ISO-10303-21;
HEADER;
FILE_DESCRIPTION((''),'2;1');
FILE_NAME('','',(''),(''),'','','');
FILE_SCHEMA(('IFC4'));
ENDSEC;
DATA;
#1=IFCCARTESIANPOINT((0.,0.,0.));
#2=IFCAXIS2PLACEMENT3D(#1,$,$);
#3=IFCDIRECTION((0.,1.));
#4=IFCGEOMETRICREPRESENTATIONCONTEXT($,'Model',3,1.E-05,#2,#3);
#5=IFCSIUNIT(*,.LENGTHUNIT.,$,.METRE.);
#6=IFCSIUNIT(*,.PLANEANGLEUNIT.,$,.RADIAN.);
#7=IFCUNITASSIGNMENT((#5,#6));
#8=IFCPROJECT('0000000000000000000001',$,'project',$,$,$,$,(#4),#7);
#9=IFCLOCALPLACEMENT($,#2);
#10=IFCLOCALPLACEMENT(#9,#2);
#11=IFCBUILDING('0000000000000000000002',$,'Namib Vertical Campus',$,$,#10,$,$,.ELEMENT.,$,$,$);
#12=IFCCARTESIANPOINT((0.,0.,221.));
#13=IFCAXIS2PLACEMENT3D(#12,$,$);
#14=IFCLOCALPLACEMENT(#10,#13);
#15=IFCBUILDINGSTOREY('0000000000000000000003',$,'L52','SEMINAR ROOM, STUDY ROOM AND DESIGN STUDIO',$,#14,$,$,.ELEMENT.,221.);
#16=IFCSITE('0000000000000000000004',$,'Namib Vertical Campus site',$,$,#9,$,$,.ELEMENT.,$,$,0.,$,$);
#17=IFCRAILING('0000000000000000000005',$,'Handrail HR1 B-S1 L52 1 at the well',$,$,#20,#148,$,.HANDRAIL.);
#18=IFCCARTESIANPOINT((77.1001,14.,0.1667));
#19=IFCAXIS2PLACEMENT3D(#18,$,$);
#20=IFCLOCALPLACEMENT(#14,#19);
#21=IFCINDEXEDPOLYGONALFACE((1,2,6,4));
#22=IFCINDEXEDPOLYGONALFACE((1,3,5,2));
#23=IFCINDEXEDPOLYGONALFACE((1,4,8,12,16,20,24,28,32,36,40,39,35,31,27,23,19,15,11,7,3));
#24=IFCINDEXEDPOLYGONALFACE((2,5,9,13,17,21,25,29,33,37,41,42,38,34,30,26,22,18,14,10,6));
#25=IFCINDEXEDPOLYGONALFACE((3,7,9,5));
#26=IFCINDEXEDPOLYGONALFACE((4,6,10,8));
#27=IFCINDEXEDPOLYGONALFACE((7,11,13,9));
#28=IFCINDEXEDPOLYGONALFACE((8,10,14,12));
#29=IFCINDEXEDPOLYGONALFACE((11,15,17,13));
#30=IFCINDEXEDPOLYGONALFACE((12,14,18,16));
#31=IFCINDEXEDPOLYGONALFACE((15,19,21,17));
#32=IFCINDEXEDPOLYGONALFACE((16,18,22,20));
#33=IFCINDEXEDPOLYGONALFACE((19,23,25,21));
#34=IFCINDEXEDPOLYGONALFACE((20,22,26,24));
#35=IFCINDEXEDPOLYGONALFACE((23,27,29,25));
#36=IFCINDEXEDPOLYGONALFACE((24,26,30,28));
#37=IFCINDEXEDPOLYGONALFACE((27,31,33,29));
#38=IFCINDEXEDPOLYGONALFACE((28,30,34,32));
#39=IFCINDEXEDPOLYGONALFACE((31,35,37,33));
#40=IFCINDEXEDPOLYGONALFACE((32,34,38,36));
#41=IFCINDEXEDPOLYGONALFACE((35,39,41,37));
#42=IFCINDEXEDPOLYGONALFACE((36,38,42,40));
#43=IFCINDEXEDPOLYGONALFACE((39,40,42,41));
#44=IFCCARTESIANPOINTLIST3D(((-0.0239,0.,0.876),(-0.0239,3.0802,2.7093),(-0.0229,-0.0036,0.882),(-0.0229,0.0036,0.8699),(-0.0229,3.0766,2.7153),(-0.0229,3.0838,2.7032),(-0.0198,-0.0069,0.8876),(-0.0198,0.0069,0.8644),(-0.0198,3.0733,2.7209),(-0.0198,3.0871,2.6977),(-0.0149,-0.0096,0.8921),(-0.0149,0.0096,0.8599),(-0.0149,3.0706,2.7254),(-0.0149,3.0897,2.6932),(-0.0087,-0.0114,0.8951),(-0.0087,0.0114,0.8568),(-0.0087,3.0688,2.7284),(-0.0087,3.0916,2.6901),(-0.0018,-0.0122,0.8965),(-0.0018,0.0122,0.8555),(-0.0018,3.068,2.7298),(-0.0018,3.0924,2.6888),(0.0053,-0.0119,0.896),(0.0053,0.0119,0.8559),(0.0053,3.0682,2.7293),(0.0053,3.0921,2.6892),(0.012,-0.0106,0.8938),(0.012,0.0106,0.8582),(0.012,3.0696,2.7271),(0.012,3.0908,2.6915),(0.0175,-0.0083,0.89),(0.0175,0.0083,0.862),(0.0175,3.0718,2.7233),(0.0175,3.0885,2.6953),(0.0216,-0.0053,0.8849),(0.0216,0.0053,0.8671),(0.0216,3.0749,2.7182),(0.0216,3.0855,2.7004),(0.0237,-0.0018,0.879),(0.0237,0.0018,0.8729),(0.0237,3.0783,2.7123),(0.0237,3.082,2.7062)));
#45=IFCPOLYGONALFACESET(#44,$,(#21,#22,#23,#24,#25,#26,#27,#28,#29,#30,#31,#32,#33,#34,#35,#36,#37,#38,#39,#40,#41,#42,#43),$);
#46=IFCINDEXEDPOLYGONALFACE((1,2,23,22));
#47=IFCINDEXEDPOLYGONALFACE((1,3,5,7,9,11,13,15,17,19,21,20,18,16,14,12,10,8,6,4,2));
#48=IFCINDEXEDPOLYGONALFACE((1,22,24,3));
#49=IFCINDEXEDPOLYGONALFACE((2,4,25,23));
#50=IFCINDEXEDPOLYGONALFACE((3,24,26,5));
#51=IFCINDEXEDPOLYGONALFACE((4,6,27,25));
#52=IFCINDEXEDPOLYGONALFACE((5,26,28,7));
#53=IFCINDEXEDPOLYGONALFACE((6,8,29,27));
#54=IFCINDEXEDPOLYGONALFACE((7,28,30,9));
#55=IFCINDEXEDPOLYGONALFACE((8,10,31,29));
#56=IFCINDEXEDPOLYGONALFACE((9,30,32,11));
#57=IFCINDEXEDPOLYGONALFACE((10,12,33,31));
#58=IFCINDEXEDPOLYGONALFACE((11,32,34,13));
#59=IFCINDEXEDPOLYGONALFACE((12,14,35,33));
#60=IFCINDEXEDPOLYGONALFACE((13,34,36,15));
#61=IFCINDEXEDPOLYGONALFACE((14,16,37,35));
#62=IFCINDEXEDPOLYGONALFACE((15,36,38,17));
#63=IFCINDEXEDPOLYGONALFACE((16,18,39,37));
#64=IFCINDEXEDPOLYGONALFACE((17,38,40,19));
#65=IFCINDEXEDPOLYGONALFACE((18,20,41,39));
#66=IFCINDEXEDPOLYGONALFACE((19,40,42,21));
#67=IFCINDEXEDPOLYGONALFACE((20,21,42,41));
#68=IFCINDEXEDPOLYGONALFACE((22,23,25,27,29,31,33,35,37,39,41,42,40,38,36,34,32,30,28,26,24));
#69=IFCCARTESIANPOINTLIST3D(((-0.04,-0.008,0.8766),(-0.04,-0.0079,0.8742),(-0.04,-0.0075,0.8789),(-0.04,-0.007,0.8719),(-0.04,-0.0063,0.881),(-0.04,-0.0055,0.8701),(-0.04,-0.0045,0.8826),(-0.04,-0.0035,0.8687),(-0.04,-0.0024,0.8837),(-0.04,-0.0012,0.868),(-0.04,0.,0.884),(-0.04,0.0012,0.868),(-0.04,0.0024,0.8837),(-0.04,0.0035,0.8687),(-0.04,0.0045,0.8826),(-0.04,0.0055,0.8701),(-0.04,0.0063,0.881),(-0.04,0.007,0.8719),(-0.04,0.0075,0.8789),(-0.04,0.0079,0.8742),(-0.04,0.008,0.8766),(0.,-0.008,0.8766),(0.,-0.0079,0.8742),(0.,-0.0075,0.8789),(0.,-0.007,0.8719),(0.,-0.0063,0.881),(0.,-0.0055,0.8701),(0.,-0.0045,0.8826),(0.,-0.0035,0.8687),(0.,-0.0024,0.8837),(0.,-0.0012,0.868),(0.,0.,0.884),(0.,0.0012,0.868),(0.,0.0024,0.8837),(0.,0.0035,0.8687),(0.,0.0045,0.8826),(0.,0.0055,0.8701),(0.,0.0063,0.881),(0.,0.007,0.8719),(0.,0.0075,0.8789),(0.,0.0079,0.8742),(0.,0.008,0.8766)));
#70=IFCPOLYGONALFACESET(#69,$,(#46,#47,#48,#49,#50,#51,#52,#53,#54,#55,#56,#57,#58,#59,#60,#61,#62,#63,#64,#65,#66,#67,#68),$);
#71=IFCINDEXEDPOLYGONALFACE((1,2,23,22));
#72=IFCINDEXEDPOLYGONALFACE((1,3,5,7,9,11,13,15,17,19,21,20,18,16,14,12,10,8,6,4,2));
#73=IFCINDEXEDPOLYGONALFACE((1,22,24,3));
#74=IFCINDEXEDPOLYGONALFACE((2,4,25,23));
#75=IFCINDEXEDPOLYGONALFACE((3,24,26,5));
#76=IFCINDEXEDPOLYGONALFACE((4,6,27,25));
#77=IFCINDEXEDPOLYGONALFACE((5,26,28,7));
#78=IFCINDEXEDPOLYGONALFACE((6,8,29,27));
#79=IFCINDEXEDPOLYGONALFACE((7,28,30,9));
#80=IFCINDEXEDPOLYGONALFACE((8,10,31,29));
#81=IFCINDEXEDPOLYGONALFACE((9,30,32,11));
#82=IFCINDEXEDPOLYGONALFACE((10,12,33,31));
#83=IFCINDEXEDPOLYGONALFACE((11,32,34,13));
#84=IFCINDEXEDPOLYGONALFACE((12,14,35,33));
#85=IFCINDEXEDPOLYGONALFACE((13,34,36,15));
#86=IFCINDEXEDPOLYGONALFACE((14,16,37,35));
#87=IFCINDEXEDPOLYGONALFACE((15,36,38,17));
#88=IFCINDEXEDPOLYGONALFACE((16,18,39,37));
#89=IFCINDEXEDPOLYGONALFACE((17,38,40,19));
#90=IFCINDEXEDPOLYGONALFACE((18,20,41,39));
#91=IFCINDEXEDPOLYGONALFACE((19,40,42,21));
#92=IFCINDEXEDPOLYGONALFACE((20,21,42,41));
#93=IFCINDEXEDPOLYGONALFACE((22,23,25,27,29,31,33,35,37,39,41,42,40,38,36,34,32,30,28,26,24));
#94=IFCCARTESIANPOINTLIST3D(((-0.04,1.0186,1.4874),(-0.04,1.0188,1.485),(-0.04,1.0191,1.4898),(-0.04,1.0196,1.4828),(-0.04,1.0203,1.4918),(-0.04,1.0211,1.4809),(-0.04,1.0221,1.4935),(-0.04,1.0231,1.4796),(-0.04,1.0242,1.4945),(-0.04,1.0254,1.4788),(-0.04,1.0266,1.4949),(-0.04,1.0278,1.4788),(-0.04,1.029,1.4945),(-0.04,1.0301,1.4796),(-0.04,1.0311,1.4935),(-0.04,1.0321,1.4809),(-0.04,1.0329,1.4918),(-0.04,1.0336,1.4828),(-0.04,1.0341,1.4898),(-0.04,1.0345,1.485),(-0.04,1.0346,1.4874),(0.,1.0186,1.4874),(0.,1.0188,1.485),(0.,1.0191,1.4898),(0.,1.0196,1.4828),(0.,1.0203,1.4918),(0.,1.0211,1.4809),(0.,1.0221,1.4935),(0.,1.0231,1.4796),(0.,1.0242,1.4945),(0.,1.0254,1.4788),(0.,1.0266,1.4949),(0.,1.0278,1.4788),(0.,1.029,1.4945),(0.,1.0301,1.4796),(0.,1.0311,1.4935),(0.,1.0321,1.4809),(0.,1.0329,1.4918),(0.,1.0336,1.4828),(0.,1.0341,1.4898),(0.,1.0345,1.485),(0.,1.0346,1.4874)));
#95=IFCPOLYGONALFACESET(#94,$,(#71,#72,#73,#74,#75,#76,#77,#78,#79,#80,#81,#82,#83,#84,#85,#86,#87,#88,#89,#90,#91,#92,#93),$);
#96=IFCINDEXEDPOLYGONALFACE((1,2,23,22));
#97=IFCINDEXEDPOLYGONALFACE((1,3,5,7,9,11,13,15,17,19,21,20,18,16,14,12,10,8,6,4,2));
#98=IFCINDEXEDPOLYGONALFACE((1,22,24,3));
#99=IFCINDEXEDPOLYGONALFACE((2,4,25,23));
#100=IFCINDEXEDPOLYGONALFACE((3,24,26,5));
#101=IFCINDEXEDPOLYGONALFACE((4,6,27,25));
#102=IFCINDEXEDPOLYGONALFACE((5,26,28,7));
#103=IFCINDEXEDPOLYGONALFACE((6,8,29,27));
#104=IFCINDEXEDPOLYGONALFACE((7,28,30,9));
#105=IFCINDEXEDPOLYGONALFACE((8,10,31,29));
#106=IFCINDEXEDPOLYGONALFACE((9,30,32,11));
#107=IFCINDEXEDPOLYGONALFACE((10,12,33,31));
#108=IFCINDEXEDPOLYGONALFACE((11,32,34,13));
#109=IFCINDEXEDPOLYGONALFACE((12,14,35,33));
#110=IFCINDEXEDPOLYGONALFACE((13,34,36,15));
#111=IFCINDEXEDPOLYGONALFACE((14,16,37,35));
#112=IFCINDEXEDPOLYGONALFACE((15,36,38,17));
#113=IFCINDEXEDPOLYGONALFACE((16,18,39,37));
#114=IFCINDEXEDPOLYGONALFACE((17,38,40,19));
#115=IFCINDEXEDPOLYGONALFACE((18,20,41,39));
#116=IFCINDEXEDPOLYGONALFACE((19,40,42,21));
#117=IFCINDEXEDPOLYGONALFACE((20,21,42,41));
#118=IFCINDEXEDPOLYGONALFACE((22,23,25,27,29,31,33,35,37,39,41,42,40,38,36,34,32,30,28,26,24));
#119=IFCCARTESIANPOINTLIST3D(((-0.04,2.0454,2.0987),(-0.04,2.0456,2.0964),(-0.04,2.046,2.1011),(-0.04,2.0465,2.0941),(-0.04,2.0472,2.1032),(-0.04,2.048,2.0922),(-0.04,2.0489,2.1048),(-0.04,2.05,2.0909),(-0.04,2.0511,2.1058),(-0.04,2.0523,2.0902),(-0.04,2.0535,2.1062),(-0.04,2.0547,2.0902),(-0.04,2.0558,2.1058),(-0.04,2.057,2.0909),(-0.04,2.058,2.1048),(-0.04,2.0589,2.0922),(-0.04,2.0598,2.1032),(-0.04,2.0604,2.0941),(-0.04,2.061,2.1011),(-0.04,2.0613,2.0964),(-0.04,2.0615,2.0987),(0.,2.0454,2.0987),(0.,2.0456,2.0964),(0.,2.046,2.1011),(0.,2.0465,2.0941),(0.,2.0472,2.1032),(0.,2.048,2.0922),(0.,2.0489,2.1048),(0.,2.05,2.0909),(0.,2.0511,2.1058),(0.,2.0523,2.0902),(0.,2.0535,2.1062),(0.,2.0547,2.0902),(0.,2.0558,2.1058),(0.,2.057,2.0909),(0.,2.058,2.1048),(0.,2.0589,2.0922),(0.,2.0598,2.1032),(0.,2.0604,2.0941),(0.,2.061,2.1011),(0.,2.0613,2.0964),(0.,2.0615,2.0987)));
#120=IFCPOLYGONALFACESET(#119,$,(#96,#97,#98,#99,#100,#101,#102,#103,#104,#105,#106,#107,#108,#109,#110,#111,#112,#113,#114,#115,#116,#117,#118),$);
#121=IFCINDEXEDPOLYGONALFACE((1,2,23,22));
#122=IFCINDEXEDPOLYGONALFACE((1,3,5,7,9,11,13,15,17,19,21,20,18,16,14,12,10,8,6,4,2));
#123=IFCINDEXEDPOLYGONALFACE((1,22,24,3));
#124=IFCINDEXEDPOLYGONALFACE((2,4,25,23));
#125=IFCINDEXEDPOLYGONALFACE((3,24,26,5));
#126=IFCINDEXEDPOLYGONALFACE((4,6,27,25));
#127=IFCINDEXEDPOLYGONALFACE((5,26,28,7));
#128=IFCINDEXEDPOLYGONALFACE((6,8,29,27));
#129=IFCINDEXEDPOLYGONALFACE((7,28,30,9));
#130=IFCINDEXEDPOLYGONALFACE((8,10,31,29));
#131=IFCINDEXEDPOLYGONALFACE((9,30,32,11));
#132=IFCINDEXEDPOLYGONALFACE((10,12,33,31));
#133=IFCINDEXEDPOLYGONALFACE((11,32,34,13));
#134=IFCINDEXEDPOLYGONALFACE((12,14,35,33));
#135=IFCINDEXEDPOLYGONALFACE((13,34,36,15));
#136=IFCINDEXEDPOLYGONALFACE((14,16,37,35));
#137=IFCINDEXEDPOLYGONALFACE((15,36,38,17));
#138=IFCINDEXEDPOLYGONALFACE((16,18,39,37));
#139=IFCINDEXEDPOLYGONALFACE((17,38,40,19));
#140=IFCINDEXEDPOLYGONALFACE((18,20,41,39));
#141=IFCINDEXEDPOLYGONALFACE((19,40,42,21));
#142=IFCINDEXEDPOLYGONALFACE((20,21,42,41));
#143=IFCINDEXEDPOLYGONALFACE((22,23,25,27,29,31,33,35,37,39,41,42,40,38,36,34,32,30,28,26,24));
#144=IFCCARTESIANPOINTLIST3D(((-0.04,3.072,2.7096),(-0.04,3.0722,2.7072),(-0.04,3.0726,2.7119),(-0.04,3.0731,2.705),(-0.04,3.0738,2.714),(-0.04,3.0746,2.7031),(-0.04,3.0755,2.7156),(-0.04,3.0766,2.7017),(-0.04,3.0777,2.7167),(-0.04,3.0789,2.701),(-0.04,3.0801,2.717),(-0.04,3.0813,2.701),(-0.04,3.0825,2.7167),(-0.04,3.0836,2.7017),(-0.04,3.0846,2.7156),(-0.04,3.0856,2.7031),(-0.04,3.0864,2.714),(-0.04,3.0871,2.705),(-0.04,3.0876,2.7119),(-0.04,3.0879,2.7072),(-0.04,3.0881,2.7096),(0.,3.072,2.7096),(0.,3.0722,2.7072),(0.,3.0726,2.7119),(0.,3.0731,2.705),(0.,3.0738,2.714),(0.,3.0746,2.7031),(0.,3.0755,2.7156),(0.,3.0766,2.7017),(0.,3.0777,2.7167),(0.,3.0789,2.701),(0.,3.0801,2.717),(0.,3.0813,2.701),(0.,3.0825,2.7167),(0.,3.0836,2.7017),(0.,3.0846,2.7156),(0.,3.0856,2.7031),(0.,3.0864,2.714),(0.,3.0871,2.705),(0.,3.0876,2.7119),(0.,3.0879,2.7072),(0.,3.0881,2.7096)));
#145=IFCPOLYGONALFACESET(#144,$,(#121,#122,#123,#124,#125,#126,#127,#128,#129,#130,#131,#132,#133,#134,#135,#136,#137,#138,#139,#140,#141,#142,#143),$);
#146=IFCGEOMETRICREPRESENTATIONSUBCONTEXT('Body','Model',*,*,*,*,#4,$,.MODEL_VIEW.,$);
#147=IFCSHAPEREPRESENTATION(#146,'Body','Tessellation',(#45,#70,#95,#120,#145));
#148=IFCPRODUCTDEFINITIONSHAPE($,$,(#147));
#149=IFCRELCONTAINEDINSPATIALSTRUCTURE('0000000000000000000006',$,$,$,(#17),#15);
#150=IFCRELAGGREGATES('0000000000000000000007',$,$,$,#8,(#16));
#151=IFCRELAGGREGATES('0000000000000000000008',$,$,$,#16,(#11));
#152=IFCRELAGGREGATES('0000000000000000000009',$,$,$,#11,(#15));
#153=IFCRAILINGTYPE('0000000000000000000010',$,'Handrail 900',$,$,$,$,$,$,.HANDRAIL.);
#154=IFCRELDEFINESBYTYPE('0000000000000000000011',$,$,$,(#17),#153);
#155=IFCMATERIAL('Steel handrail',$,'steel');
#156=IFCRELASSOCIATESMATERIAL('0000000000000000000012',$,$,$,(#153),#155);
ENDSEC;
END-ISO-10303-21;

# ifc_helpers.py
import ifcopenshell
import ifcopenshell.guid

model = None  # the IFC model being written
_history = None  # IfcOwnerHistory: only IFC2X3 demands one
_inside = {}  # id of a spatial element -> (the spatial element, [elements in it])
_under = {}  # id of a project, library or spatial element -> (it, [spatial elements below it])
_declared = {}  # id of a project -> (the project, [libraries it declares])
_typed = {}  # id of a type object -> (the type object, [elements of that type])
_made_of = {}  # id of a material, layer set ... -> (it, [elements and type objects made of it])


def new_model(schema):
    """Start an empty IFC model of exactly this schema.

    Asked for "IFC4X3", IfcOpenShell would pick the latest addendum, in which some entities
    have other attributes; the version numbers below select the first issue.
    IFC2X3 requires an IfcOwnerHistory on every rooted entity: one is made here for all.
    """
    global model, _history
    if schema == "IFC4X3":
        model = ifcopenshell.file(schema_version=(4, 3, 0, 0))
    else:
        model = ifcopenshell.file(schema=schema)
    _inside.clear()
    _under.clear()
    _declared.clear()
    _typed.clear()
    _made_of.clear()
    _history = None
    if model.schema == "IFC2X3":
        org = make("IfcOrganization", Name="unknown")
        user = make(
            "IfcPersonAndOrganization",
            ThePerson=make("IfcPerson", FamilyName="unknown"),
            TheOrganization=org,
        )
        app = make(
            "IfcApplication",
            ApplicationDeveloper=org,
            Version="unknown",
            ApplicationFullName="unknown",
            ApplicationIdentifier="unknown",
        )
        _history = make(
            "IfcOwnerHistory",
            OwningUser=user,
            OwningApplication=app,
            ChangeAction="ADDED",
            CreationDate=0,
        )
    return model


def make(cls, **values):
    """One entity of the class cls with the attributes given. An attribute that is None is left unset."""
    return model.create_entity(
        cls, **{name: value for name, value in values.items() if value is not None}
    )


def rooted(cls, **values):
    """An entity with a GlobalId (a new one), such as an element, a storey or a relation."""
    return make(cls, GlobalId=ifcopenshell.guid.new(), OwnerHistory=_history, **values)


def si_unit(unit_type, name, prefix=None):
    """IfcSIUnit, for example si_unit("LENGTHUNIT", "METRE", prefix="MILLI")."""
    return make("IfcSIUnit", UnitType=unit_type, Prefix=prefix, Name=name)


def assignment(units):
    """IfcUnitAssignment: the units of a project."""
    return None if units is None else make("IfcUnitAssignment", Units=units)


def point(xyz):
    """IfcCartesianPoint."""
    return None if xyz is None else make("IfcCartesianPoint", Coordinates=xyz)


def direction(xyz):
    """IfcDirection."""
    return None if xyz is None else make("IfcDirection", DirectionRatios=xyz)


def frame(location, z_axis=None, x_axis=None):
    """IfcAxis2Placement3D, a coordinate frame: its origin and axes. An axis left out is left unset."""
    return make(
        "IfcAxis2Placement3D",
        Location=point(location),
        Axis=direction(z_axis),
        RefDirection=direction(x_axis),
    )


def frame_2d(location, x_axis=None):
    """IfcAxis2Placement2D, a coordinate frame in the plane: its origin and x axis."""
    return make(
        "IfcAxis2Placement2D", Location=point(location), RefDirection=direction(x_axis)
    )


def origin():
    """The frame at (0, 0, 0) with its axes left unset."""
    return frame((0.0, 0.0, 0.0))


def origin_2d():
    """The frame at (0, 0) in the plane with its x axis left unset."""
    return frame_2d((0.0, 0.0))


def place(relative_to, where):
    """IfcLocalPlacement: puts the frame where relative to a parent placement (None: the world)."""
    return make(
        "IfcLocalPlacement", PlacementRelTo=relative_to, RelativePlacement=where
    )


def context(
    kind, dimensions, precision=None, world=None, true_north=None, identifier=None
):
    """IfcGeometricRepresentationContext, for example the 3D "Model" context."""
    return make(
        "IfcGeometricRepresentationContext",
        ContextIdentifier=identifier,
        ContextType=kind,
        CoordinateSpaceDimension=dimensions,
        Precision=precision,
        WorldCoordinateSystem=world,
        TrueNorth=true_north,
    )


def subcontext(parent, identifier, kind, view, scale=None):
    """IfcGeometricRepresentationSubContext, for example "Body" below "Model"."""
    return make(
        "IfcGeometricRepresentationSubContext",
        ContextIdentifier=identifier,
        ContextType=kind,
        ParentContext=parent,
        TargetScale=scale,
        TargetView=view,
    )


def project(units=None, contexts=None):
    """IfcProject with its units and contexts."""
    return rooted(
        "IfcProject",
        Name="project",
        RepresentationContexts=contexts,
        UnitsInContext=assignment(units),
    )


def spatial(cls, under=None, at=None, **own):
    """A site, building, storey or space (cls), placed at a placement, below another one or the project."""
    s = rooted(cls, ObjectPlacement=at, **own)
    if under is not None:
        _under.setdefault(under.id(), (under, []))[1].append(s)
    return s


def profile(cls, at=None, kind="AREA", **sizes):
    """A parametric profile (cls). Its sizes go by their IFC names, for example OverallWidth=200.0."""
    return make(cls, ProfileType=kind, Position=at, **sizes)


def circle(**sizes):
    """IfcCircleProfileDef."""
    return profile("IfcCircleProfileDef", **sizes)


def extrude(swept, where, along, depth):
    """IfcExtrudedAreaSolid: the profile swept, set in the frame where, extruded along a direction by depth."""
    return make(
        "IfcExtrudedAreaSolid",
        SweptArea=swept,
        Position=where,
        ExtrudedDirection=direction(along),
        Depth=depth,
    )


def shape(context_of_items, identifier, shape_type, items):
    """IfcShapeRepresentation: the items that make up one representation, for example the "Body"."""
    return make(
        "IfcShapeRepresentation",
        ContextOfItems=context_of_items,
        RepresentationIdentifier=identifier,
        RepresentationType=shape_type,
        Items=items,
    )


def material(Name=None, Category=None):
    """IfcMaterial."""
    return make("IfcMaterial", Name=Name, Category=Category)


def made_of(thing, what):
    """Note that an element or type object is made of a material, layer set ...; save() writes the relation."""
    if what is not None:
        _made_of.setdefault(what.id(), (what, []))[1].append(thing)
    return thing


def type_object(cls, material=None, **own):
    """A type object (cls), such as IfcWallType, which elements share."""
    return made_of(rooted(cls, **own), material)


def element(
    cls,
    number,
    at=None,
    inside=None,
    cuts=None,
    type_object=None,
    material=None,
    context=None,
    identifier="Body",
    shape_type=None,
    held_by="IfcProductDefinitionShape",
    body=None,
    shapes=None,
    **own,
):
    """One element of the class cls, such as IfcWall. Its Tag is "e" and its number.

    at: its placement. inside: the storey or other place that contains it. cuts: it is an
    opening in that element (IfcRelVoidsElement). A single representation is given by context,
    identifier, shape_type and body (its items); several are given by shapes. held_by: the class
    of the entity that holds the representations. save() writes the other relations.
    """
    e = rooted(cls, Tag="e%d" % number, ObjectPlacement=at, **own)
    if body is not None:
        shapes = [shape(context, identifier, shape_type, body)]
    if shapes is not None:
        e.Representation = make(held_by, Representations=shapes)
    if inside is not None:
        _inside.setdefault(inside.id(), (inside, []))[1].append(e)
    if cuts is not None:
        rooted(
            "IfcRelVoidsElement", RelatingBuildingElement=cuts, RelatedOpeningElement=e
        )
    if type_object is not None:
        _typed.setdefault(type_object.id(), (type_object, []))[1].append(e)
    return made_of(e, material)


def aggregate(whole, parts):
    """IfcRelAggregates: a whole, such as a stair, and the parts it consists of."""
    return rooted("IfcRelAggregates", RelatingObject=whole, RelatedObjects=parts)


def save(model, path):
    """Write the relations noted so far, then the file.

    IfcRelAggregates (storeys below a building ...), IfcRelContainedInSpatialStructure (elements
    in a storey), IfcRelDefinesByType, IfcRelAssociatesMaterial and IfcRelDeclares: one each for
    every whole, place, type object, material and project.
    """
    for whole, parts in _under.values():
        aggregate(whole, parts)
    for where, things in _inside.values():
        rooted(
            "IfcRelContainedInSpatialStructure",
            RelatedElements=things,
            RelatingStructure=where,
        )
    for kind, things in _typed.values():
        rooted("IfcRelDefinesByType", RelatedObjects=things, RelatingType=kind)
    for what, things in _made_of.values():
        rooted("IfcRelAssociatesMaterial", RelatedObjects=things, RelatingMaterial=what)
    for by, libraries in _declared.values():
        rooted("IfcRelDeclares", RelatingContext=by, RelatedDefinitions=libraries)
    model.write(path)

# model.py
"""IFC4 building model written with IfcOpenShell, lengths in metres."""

from ifc_helpers import new_model, si_unit, direction, frame, origin, origin_2d, place, context, subcontext, project, spatial, circle, extrude, material, type_object, element, save


model = new_model("IFC4")

# Units and contexts
model_context = context("Model", 3, precision=1e-05, world=origin(), true_north=direction((0.0, 1.0)))
body_context = subcontext(model_context, "Body", "Model", "MODEL_VIEW")
ifc_project = project(units=[si_unit("LENGTHUNIT", "METRE"), si_unit("PLANEANGLEUNIT", "RADIAN")], contexts=[model_context])

# Site, building, storey
site_placement = place(None, origin())
site = spatial("IfcSite", under=ifc_project, at=site_placement, Name="Namib Vertical Campus site", CompositionType="ELEMENT", RefElevation=0.0)
building_placement = place(site_placement, origin())
building = spatial("IfcBuilding", under=site, at=building_placement, Name="Namib Vertical Campus", CompositionType="ELEMENT")
storey_placement = place(building_placement, frame((0.0, 0.0, 221.0)))
storey = spatial("IfcBuildingStorey", under=building, at=storey_placement, Name="L52", Description="SEMINAR ROOM, STUDY ROOM AND DESIGN STUDIO", CompositionType="ELEMENT", Elevation=221.0)

# Railing
ifc_material_1 = material(Name="Steel handrail", Category="steel")
railing_type_1 = type_object("IfcRailingType", Name="Handrail 900", PredefinedType="HANDRAIL", material=ifc_material_1)
railing_1_placement = place(storey_placement, frame((77.1001, 14.0, 0.1667)))
element("IfcRailing", 1, at=railing_1_placement, inside=storey, type_object=railing_type_1, Name="Handrail HR1 B-S1 L52 1 at the well", PredefinedType="HANDRAIL", context=body_context, shape_type="SweptSolid", body=[
    extrude(circle(Radius=0.0239, at=origin_2d()), frame((0.0, 0.0, 0.876), z_axis=(0.0, 0.859309, 0.511458), x_axis=(-1.0, 0.0, 0.0)), (0.0, 0.0, 1.0), 3.5845),
    extrude(circle(Radius=0.0081, at=origin_2d()), frame((0.0, 0.0, 0.876), z_axis=(-1.0, 0.0, 0.0), x_axis=(0.0, 0.0, 1.0)), (0.0, 0.0, 1.0), 0.04),
    extrude(circle(Radius=0.0081, at=origin_2d()), frame((0.0, 1.0266, 1.4868), z_axis=(-1.0, 0.0, 0.0), x_axis=(0.0, 0.0, 1.0)), (0.0, 0.0, 1.0), 0.04),
    extrude(circle(Radius=0.0081, at=origin_2d()), frame((0.0, 2.0535, 2.0981), z_axis=(-1.0, 0.0, 0.0), x_axis=(0.0, 0.0, 1.0)), (0.0, 0.0, 1.0), 0.04),
    extrude(circle(Radius=0.0081, at=origin_2d()), frame((0.0, 3.0801, 2.709), z_axis=(-1.0, 0.0, 0.0), x_axis=(0.0, 0.0, 1.0)), (0.0, 0.0, 1.0), 0.04),
])

save(model, "model.ifc")
